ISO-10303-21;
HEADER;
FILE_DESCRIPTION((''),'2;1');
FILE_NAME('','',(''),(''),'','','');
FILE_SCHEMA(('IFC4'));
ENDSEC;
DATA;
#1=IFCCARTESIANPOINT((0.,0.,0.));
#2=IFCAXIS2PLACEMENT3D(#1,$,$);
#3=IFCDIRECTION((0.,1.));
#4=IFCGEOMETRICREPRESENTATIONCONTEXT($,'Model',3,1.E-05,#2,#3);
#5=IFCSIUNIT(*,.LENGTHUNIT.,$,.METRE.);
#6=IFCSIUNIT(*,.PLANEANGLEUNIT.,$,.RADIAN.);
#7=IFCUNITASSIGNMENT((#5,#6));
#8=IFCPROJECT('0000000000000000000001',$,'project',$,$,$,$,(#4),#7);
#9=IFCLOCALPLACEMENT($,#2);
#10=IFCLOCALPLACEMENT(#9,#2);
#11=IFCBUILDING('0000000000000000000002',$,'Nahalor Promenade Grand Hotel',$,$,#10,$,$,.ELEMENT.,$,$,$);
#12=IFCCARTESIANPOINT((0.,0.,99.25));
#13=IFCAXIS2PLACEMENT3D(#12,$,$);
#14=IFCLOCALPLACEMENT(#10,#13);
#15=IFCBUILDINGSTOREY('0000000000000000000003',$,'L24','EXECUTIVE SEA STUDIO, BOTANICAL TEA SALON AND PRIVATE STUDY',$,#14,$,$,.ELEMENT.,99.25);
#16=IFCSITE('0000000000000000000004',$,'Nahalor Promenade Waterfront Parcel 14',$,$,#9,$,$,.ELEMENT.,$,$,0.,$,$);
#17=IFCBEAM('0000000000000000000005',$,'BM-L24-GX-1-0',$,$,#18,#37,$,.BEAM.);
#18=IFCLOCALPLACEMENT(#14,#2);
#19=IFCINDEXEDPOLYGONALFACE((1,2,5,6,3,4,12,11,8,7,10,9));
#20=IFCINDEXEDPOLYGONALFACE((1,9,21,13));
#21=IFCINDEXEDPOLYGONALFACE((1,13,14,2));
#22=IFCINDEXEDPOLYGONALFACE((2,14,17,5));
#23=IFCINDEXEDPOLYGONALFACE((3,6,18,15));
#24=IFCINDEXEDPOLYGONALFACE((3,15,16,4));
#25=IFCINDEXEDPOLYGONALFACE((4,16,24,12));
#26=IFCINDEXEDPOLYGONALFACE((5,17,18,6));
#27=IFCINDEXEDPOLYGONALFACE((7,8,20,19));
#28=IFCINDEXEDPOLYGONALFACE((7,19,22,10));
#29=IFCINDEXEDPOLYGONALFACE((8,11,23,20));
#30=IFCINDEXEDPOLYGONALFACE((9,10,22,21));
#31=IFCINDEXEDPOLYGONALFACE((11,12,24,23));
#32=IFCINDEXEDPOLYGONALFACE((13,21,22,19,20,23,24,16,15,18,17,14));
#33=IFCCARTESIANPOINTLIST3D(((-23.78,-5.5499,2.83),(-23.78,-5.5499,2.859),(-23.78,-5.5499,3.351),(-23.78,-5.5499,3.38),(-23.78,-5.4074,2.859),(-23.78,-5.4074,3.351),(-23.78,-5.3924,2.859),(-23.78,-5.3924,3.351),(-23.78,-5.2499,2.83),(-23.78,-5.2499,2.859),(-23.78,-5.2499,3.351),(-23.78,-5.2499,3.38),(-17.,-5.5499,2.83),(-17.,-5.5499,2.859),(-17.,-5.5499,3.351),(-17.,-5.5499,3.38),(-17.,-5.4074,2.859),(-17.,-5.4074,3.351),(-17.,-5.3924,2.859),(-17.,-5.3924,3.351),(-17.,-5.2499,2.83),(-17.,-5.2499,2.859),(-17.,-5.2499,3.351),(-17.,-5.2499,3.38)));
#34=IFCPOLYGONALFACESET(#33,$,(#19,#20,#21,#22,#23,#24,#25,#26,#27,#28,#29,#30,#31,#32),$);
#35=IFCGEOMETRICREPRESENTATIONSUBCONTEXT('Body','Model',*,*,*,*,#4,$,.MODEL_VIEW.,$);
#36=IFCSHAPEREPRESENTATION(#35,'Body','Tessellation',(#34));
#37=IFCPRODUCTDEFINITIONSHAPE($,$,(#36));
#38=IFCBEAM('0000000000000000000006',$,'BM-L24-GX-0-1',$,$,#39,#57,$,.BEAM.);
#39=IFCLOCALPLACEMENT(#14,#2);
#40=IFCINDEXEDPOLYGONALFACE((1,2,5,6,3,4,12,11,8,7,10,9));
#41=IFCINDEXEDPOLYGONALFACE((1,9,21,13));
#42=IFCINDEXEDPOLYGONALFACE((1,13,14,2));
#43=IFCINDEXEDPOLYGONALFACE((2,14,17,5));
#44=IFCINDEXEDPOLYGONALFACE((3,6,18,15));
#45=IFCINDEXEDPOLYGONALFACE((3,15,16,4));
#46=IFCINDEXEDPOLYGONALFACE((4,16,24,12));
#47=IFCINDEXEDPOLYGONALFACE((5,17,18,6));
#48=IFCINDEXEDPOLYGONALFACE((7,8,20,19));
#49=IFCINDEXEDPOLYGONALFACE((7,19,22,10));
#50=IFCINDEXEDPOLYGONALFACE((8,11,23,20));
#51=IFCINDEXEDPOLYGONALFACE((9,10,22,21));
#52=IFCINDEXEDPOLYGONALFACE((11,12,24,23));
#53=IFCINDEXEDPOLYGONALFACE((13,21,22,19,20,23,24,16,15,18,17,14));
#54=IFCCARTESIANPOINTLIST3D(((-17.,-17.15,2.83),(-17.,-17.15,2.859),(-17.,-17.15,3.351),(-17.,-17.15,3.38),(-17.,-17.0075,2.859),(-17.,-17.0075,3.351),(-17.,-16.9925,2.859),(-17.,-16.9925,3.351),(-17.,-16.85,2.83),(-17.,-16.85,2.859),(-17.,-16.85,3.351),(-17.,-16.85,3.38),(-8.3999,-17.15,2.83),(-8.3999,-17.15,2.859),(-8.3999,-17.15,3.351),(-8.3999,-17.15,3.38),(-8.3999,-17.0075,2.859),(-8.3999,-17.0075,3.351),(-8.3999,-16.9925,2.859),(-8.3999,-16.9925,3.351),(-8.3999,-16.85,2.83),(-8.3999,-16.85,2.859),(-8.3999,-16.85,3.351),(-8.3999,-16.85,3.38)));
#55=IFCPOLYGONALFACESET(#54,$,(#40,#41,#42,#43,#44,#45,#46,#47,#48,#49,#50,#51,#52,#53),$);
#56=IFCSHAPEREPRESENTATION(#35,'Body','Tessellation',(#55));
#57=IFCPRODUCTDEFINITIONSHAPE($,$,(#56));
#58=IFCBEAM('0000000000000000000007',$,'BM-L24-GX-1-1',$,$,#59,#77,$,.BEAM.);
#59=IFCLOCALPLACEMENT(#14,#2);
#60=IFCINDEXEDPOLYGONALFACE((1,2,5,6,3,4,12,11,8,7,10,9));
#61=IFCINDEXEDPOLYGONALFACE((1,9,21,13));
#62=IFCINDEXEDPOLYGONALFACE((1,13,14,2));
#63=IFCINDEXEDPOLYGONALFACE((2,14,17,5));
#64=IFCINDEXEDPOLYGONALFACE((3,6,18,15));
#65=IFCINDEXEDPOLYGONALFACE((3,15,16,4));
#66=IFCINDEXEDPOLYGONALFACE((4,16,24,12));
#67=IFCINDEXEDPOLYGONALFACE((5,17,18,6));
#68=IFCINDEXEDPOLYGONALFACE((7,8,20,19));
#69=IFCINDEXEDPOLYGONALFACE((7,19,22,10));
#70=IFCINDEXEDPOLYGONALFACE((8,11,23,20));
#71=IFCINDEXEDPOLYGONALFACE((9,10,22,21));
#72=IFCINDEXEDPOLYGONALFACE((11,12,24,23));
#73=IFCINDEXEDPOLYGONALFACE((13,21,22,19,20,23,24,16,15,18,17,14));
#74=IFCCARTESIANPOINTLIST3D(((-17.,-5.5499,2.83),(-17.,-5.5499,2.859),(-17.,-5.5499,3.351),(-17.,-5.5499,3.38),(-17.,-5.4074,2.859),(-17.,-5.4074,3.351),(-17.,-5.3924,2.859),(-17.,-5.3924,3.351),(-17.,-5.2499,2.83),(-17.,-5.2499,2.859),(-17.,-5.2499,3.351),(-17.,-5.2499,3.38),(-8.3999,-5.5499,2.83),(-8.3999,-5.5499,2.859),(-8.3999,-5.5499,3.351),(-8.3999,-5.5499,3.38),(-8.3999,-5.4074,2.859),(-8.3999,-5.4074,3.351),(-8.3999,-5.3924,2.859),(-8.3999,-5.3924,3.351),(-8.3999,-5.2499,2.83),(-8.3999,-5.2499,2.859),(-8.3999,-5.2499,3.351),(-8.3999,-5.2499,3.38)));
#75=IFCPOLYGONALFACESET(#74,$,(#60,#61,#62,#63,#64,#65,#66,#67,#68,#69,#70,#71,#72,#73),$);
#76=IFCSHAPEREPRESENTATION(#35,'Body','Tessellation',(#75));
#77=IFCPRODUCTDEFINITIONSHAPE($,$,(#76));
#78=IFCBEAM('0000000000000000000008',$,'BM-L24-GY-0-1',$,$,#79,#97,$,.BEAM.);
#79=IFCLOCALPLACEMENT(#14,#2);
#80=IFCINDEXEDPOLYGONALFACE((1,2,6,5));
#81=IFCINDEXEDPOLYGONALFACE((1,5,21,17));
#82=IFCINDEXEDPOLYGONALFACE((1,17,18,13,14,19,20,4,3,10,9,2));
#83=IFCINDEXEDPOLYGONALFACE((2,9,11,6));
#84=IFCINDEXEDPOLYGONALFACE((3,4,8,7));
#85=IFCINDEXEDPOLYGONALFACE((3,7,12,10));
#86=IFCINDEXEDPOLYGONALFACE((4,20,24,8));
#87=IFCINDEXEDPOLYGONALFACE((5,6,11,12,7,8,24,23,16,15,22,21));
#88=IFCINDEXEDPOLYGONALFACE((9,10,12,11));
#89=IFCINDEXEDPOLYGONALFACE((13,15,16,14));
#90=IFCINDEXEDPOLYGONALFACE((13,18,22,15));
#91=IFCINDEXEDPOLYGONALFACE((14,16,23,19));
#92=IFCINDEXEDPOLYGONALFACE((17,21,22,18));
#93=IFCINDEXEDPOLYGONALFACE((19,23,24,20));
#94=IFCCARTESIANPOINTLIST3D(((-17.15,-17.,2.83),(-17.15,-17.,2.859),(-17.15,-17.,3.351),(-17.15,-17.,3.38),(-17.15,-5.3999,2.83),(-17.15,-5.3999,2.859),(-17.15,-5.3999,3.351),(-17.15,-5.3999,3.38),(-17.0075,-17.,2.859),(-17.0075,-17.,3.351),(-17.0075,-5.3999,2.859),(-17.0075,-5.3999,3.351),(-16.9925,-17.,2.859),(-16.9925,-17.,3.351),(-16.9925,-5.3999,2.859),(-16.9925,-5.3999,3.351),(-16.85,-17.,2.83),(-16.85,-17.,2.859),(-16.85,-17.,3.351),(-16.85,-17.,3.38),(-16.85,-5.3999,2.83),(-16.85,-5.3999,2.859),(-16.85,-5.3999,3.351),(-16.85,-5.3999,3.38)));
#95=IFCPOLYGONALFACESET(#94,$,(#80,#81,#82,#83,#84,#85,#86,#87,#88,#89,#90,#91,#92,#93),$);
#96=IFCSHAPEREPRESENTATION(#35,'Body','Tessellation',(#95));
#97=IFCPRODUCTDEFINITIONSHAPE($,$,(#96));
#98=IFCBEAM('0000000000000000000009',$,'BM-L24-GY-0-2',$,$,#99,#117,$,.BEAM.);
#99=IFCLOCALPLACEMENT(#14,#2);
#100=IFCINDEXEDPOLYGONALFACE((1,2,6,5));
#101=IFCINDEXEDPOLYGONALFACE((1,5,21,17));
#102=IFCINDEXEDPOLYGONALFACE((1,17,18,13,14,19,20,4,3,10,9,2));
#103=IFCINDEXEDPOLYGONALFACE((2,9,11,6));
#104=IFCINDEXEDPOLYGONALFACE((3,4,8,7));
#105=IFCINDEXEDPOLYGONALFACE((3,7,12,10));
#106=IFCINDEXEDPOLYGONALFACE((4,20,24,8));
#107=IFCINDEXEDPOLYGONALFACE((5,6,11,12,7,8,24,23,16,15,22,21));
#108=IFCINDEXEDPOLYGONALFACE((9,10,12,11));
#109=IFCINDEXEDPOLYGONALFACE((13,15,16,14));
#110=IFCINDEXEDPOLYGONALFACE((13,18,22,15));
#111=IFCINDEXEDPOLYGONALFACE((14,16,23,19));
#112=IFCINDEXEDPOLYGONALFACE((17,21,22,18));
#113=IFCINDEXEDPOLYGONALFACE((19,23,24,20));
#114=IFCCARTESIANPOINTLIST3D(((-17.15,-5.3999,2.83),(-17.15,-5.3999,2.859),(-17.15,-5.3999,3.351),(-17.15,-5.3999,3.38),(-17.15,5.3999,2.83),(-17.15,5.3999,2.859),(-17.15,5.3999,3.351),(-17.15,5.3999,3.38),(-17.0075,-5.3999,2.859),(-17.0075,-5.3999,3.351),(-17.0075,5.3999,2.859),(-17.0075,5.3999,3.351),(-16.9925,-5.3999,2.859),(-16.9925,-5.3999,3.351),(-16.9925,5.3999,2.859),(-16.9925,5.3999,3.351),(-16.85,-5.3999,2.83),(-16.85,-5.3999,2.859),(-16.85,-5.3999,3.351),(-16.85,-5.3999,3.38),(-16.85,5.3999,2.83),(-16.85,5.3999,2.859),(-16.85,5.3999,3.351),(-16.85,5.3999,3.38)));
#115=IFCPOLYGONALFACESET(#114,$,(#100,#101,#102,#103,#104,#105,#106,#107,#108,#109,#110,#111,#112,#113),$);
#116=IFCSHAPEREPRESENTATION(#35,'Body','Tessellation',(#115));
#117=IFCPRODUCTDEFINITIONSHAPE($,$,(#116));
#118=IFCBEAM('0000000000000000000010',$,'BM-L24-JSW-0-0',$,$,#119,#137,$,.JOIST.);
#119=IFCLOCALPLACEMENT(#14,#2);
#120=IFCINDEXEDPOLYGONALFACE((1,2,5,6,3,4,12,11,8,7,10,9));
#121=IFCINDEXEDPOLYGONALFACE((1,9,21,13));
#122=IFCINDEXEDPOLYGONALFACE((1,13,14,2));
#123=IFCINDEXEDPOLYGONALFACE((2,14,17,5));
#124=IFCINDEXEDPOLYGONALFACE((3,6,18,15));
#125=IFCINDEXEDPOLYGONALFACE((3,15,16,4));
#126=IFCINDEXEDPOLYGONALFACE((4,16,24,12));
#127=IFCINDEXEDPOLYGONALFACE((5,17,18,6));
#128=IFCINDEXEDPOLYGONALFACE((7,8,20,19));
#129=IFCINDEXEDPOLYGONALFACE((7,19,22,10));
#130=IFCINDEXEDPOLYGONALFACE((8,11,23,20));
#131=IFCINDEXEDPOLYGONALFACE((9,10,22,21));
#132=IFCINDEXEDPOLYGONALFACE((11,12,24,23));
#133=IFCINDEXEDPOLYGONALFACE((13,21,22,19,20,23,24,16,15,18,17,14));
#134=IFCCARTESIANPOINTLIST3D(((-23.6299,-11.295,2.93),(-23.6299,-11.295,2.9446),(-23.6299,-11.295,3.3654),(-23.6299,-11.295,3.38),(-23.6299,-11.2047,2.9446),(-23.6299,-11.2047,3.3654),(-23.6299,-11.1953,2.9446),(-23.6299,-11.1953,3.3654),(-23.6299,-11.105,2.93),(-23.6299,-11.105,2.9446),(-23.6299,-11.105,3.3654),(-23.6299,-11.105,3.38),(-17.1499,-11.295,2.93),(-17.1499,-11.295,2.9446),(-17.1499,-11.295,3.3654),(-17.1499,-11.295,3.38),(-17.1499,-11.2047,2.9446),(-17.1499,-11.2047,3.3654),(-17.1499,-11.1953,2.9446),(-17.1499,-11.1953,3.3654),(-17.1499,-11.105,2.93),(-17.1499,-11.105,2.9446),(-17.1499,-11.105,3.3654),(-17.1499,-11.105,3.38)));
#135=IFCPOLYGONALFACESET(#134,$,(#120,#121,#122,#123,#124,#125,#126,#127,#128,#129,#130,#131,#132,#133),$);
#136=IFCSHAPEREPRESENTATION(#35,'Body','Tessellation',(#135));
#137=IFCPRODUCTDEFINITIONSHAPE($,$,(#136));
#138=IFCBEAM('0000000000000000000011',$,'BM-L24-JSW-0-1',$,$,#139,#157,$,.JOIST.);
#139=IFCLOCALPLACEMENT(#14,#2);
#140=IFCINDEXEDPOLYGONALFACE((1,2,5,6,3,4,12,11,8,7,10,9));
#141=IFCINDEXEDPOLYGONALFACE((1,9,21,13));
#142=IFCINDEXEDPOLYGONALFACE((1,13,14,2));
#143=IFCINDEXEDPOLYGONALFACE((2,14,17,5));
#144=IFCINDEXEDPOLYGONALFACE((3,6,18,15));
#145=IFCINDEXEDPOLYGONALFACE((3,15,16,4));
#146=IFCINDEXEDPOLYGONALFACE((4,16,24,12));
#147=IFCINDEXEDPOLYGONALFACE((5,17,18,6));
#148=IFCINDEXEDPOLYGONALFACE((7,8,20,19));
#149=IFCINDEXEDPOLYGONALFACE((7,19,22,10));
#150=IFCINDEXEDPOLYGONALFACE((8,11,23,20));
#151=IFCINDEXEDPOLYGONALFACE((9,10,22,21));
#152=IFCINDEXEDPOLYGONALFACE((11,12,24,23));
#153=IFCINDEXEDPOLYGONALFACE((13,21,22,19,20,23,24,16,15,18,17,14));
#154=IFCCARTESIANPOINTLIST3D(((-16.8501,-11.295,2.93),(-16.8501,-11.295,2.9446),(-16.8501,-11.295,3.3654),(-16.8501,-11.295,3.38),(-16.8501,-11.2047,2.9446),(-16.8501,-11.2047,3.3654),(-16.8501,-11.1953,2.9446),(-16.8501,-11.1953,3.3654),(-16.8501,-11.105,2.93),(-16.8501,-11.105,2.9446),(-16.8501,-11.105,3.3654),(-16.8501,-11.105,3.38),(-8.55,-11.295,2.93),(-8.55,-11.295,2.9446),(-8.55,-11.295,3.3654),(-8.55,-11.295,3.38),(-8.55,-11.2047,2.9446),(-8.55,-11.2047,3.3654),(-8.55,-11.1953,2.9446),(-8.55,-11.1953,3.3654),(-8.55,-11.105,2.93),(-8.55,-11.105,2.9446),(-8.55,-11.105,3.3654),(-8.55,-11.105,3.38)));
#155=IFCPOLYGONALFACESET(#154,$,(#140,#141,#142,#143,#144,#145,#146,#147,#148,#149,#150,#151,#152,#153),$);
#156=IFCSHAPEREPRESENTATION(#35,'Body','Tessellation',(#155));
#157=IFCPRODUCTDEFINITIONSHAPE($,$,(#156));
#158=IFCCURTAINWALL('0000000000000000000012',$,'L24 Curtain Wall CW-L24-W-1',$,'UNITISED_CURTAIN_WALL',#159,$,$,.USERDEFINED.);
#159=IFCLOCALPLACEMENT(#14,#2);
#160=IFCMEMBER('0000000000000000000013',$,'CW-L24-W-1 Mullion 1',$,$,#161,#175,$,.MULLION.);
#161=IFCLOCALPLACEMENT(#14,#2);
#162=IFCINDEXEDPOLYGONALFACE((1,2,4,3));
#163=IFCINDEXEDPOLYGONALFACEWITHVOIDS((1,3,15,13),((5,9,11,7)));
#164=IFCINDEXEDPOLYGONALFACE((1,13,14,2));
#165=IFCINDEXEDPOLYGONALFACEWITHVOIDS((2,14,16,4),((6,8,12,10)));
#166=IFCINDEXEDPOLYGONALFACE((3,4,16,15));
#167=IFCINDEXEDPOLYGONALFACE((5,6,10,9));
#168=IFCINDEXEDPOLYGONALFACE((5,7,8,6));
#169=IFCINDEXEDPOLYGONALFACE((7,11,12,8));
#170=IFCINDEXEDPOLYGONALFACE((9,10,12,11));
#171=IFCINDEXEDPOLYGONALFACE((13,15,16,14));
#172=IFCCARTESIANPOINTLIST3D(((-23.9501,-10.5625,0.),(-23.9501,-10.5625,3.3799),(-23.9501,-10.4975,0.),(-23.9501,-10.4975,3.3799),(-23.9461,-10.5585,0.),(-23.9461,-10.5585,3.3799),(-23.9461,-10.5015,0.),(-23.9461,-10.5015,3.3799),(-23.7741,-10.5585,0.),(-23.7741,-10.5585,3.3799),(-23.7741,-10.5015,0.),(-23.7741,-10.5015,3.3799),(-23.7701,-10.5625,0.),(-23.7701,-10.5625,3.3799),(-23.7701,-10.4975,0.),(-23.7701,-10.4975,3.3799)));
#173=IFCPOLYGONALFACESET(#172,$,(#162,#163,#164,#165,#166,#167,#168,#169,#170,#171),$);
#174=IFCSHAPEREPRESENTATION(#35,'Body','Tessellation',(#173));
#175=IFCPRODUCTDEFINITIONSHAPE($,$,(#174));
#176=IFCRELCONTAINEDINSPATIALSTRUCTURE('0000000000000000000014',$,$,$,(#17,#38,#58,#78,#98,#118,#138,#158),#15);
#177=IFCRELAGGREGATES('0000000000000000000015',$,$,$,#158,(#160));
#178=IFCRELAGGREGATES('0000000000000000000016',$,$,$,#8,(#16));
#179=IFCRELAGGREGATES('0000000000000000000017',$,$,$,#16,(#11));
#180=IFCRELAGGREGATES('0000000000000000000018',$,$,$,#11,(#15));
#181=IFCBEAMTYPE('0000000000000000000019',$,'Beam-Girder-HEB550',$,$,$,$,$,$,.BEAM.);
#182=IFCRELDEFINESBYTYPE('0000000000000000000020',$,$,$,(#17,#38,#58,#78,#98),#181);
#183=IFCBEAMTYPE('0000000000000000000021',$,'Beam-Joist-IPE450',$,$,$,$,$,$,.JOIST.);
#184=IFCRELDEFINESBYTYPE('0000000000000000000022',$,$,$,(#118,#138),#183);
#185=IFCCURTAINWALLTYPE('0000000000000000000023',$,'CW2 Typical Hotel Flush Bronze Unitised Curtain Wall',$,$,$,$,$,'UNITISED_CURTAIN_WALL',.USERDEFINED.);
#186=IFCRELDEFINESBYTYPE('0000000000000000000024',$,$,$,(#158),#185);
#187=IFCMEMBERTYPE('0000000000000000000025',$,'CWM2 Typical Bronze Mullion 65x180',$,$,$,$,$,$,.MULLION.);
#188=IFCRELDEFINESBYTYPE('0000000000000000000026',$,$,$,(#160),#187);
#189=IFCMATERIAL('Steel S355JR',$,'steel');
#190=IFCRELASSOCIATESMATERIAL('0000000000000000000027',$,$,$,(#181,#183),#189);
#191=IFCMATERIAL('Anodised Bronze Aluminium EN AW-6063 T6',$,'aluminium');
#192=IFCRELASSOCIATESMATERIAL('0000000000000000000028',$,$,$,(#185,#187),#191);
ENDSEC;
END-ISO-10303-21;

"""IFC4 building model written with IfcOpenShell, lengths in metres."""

from ifc_helpers import new_model, si_unit, direction, frame, origin, origin_2d, place, context, subcontext, project, spatial, hollow_rectangle, i_section, extrude, source, transform, mapped, material, material_profile, profile_set, type_object, element, aggregate, save


model = new_model("IFC4")

# Units and contexts
model_context = context("Model", 3, precision=1e-05, world=origin(), true_north=direction((0.0, 1.0)))
body_context = subcontext(model_context, "Body", "Model", "MODEL_VIEW")
ifc_project = project(units=[si_unit("LENGTHUNIT", "METRE"), si_unit("PLANEANGLEUNIT", "RADIAN")], contexts=[model_context])

# Site, building, storey
site_placement = place(None, origin())
site = spatial("IfcSite", under=ifc_project, at=site_placement, Name="Nahalor Promenade Waterfront Parcel 14", CompositionType="ELEMENT", RefElevation=0.0)
building_placement = place(site_placement, origin())
building = spatial("IfcBuilding", under=site, at=building_placement, Name="Nahalor Promenade Grand Hotel", CompositionType="ELEMENT")
storey_placement = place(building_placement, frame((0.0, 0.0, 99.25)))
storey = spatial("IfcBuildingStorey", under=building, at=storey_placement, Name="L24", Description="EXECUTIVE SEA STUDIO, BOTANICAL TEA SALON AND PRIVATE STUDY", CompositionType="ELEMENT", Elevation=99.25)

# Beams
ifc_material_1 = material(Name="Steel S355JR", Category="steel")
ifc_material_profile_1 = material_profile(ifc_material_1, i_section(OverallWidth=0.3, OverallDepth=0.55, WebThickness=0.015, FlangeThickness=0.029, at=origin_2d()), Name="HEB 550")
ifc_profile_set_1 = profile_set([ifc_material_profile_1], Name="Steel S355JR")
beam_type_1 = type_object("IfcBeamType", Name="Beam-Girder-HEB550", PredefinedType="BEAM", material=ifc_profile_set_1)
shared_shape_1 = source(origin(), body_context, "Body", "SweptSolid", [
    extrude(i_section(OverallWidth=0.3, OverallDepth=0.55, WebThickness=0.015, FlangeThickness=0.029, at=origin_2d()), origin(), (0.0, 0.0, 1.0), 6.78),
])
for number, where, z_axis, x_axis, name in (
    (1, (-23.78, -5.3999, 3.105), (1.0, 0.0, 0.0), (0.0, 1.0, 0.0), "BM-L24-GX-1-0"),
):
    element("IfcBeam", number, at=place(storey_placement, frame(where, z_axis=z_axis, x_axis=x_axis)), inside=storey, type_object=beam_type_1, Name=name, PredefinedType="BEAM", context=body_context, shape_type="MappedRepresentation", body=[
        mapped(shared_shape_1, transform((0.0, 0.0, 0.0), scale=1.0)),
    ])
shared_shape_2 = source(origin(), body_context, "Body", "SweptSolid", [
    extrude(i_section(OverallWidth=0.3, OverallDepth=0.55, WebThickness=0.015, FlangeThickness=0.029, at=origin_2d()), origin(), (0.0, 0.0, 1.0), 8.6001),
])
for number, where, z_axis, x_axis, name in (
    (2, (-17.0, -17.0, 3.105), (1.0, 0.0, 0.0), (0.0, 1.0, 0.0), "BM-L24-GX-0-1"),
    (3, (-17.0, -5.3999, 3.105), (1.0, 0.0, 0.0), (0.0, 1.0, 0.0), "BM-L24-GX-1-1"),
):
    element("IfcBeam", number, at=place(storey_placement, frame(where, z_axis=z_axis, x_axis=x_axis)), inside=storey, type_object=beam_type_1, Name=name, PredefinedType="BEAM", context=body_context, shape_type="MappedRepresentation", body=[
        mapped(shared_shape_2, transform((0.0, 0.0, 0.0), scale=1.0)),
    ])
shared_shape_3 = source(origin(), body_context, "Body", "SweptSolid", [
    extrude(i_section(OverallWidth=0.3, OverallDepth=0.55, WebThickness=0.015, FlangeThickness=0.029, at=origin_2d()), origin(), (0.0, 0.0, 1.0), 11.6001),
])
beam_1_placement = place(storey_placement, frame((-17.0, -17.0, 3.105), z_axis=(0.0, 1.0, 0.0), x_axis=(-1.0, 0.0, 0.0)))
element("IfcBeam", 4, at=beam_1_placement, inside=storey, type_object=beam_type_1, Name="BM-L24-GY-0-1", PredefinedType="BEAM", context=body_context, shape_type="MappedRepresentation", body=[
    mapped(shared_shape_3, transform((0.0, 0.0, 0.0), scale=1.0)),
])
shared_shape_4 = source(origin(), body_context, "Body", "SweptSolid", [
    extrude(i_section(OverallWidth=0.3, OverallDepth=0.55, WebThickness=0.015, FlangeThickness=0.029, at=origin_2d()), origin(), (0.0, 0.0, 1.0), 10.7998),
])
beam_2_placement = place(storey_placement, frame((-17.0, -5.3999, 3.105), z_axis=(0.0, 1.0, 0.0), x_axis=(-1.0, 0.0, 0.0)))
element("IfcBeam", 5, at=beam_2_placement, inside=storey, type_object=beam_type_1, Name="BM-L24-GY-0-2", PredefinedType="BEAM", context=body_context, shape_type="MappedRepresentation", body=[
    mapped(shared_shape_4, transform((0.0, 0.0, 0.0), scale=1.0)),
])
ifc_material_profile_2 = material_profile(ifc_material_1, i_section(OverallWidth=0.19, OverallDepth=0.45, WebThickness=0.0094, FlangeThickness=0.0146, at=origin_2d()), Name="IPE 450")
ifc_profile_set_2 = profile_set([ifc_material_profile_2], Name="Steel S355JR")
beam_type_2 = type_object("IfcBeamType", Name="Beam-Joist-IPE450", PredefinedType="JOIST", material=ifc_profile_set_2)
shared_shape_5 = source(origin(), body_context, "Body", "SweptSolid", [
    extrude(i_section(OverallWidth=0.19, OverallDepth=0.45, WebThickness=0.0094, FlangeThickness=0.0146, at=origin_2d()), origin(), (0.0, 0.0, 1.0), 6.48),
])
beam_3_placement = place(storey_placement, frame((-23.6299, -11.2, 3.155), z_axis=(1.0, 0.0, 0.0), x_axis=(0.0, 1.0, 0.0)))
element("IfcBeam", 6, at=beam_3_placement, inside=storey, type_object=beam_type_2, Name="BM-L24-JSW-0-0", PredefinedType="JOIST", context=body_context, shape_type="MappedRepresentation", body=[
    mapped(shared_shape_5, transform((0.0, 0.0, 0.0), scale=1.0)),
])
shared_shape_6 = source(origin(), body_context, "Body", "SweptSolid", [
    extrude(i_section(OverallWidth=0.19, OverallDepth=0.45, WebThickness=0.0094, FlangeThickness=0.0146, at=origin_2d()), origin(), (0.0, 0.0, 1.0), 8.3),
])
beam_4_placement = place(storey_placement, frame((-16.8501, -11.2, 3.155), z_axis=(1.0, 0.0, 0.0), x_axis=(0.0, 1.0, 0.0)))
element("IfcBeam", 7, at=beam_4_placement, inside=storey, type_object=beam_type_2, Name="BM-L24-JSW-0-1", PredefinedType="JOIST", context=body_context, shape_type="MappedRepresentation", body=[
    mapped(shared_shape_6, transform((0.0, 0.0, 0.0), scale=1.0)),
])

# Curtain wall, member
ifc_material_2 = material(Name="Anodised Bronze Aluminium EN AW-6063 T6", Category="aluminium")
curtain_wall_type = type_object("IfcCurtainWallType", Name="CW2 Typical Hotel Flush Bronze Unitised Curtain Wall", ElementType="UNITISED_CURTAIN_WALL", PredefinedType="USERDEFINED", material=ifc_material_2)
curtain_wall_placement = place(storey_placement, origin())
curtain_wall = element("IfcCurtainWall", 8, at=curtain_wall_placement, inside=storey, type_object=curtain_wall_type, Name="L24 Curtain Wall CW-L24-W-1", ObjectType="UNITISED_CURTAIN_WALL", PredefinedType="USERDEFINED")
ifc_material_profile_3 = material_profile(ifc_material_2, hollow_rectangle(XDim=0.065, YDim=0.18, WallThickness=0.004, at=origin_2d()), Name="CWM 65x180x4")
ifc_profile_set_3 = profile_set([ifc_material_profile_3], Name="Anodised Bronze Aluminium EN AW-6063 T6")
member_type_1 = type_object("IfcMemberType", Name="CWM2 Typical Bronze Mullion 65x180", PredefinedType="MULLION", material=ifc_profile_set_3)
shared_shape_7 = source(origin(), body_context, "Body", "SweptSolid", [
    extrude(hollow_rectangle(XDim=0.065, YDim=0.18, WallThickness=0.004, at=origin_2d()), origin(), (0.0, 0.0, 1.0), 3.3799),
])
member_1_placement = place(storey_placement, frame((-23.8601, -10.53, 0.0), z_axis=(0.0, 0.0, 1.0), x_axis=(0.0, 1.0, 0.0)))
member_1 = element("IfcMember", 9, at=member_1_placement, type_object=member_type_1, Name="CW-L24-W-1 Mullion 1", PredefinedType="MULLION", context=body_context, shape_type="MappedRepresentation", body=[
    mapped(shared_shape_7, transform((0.0, 0.0, 0.0), scale=1.0)),
])
aggregate(curtain_wall, [member_1])

save(model, "model.ifc")
